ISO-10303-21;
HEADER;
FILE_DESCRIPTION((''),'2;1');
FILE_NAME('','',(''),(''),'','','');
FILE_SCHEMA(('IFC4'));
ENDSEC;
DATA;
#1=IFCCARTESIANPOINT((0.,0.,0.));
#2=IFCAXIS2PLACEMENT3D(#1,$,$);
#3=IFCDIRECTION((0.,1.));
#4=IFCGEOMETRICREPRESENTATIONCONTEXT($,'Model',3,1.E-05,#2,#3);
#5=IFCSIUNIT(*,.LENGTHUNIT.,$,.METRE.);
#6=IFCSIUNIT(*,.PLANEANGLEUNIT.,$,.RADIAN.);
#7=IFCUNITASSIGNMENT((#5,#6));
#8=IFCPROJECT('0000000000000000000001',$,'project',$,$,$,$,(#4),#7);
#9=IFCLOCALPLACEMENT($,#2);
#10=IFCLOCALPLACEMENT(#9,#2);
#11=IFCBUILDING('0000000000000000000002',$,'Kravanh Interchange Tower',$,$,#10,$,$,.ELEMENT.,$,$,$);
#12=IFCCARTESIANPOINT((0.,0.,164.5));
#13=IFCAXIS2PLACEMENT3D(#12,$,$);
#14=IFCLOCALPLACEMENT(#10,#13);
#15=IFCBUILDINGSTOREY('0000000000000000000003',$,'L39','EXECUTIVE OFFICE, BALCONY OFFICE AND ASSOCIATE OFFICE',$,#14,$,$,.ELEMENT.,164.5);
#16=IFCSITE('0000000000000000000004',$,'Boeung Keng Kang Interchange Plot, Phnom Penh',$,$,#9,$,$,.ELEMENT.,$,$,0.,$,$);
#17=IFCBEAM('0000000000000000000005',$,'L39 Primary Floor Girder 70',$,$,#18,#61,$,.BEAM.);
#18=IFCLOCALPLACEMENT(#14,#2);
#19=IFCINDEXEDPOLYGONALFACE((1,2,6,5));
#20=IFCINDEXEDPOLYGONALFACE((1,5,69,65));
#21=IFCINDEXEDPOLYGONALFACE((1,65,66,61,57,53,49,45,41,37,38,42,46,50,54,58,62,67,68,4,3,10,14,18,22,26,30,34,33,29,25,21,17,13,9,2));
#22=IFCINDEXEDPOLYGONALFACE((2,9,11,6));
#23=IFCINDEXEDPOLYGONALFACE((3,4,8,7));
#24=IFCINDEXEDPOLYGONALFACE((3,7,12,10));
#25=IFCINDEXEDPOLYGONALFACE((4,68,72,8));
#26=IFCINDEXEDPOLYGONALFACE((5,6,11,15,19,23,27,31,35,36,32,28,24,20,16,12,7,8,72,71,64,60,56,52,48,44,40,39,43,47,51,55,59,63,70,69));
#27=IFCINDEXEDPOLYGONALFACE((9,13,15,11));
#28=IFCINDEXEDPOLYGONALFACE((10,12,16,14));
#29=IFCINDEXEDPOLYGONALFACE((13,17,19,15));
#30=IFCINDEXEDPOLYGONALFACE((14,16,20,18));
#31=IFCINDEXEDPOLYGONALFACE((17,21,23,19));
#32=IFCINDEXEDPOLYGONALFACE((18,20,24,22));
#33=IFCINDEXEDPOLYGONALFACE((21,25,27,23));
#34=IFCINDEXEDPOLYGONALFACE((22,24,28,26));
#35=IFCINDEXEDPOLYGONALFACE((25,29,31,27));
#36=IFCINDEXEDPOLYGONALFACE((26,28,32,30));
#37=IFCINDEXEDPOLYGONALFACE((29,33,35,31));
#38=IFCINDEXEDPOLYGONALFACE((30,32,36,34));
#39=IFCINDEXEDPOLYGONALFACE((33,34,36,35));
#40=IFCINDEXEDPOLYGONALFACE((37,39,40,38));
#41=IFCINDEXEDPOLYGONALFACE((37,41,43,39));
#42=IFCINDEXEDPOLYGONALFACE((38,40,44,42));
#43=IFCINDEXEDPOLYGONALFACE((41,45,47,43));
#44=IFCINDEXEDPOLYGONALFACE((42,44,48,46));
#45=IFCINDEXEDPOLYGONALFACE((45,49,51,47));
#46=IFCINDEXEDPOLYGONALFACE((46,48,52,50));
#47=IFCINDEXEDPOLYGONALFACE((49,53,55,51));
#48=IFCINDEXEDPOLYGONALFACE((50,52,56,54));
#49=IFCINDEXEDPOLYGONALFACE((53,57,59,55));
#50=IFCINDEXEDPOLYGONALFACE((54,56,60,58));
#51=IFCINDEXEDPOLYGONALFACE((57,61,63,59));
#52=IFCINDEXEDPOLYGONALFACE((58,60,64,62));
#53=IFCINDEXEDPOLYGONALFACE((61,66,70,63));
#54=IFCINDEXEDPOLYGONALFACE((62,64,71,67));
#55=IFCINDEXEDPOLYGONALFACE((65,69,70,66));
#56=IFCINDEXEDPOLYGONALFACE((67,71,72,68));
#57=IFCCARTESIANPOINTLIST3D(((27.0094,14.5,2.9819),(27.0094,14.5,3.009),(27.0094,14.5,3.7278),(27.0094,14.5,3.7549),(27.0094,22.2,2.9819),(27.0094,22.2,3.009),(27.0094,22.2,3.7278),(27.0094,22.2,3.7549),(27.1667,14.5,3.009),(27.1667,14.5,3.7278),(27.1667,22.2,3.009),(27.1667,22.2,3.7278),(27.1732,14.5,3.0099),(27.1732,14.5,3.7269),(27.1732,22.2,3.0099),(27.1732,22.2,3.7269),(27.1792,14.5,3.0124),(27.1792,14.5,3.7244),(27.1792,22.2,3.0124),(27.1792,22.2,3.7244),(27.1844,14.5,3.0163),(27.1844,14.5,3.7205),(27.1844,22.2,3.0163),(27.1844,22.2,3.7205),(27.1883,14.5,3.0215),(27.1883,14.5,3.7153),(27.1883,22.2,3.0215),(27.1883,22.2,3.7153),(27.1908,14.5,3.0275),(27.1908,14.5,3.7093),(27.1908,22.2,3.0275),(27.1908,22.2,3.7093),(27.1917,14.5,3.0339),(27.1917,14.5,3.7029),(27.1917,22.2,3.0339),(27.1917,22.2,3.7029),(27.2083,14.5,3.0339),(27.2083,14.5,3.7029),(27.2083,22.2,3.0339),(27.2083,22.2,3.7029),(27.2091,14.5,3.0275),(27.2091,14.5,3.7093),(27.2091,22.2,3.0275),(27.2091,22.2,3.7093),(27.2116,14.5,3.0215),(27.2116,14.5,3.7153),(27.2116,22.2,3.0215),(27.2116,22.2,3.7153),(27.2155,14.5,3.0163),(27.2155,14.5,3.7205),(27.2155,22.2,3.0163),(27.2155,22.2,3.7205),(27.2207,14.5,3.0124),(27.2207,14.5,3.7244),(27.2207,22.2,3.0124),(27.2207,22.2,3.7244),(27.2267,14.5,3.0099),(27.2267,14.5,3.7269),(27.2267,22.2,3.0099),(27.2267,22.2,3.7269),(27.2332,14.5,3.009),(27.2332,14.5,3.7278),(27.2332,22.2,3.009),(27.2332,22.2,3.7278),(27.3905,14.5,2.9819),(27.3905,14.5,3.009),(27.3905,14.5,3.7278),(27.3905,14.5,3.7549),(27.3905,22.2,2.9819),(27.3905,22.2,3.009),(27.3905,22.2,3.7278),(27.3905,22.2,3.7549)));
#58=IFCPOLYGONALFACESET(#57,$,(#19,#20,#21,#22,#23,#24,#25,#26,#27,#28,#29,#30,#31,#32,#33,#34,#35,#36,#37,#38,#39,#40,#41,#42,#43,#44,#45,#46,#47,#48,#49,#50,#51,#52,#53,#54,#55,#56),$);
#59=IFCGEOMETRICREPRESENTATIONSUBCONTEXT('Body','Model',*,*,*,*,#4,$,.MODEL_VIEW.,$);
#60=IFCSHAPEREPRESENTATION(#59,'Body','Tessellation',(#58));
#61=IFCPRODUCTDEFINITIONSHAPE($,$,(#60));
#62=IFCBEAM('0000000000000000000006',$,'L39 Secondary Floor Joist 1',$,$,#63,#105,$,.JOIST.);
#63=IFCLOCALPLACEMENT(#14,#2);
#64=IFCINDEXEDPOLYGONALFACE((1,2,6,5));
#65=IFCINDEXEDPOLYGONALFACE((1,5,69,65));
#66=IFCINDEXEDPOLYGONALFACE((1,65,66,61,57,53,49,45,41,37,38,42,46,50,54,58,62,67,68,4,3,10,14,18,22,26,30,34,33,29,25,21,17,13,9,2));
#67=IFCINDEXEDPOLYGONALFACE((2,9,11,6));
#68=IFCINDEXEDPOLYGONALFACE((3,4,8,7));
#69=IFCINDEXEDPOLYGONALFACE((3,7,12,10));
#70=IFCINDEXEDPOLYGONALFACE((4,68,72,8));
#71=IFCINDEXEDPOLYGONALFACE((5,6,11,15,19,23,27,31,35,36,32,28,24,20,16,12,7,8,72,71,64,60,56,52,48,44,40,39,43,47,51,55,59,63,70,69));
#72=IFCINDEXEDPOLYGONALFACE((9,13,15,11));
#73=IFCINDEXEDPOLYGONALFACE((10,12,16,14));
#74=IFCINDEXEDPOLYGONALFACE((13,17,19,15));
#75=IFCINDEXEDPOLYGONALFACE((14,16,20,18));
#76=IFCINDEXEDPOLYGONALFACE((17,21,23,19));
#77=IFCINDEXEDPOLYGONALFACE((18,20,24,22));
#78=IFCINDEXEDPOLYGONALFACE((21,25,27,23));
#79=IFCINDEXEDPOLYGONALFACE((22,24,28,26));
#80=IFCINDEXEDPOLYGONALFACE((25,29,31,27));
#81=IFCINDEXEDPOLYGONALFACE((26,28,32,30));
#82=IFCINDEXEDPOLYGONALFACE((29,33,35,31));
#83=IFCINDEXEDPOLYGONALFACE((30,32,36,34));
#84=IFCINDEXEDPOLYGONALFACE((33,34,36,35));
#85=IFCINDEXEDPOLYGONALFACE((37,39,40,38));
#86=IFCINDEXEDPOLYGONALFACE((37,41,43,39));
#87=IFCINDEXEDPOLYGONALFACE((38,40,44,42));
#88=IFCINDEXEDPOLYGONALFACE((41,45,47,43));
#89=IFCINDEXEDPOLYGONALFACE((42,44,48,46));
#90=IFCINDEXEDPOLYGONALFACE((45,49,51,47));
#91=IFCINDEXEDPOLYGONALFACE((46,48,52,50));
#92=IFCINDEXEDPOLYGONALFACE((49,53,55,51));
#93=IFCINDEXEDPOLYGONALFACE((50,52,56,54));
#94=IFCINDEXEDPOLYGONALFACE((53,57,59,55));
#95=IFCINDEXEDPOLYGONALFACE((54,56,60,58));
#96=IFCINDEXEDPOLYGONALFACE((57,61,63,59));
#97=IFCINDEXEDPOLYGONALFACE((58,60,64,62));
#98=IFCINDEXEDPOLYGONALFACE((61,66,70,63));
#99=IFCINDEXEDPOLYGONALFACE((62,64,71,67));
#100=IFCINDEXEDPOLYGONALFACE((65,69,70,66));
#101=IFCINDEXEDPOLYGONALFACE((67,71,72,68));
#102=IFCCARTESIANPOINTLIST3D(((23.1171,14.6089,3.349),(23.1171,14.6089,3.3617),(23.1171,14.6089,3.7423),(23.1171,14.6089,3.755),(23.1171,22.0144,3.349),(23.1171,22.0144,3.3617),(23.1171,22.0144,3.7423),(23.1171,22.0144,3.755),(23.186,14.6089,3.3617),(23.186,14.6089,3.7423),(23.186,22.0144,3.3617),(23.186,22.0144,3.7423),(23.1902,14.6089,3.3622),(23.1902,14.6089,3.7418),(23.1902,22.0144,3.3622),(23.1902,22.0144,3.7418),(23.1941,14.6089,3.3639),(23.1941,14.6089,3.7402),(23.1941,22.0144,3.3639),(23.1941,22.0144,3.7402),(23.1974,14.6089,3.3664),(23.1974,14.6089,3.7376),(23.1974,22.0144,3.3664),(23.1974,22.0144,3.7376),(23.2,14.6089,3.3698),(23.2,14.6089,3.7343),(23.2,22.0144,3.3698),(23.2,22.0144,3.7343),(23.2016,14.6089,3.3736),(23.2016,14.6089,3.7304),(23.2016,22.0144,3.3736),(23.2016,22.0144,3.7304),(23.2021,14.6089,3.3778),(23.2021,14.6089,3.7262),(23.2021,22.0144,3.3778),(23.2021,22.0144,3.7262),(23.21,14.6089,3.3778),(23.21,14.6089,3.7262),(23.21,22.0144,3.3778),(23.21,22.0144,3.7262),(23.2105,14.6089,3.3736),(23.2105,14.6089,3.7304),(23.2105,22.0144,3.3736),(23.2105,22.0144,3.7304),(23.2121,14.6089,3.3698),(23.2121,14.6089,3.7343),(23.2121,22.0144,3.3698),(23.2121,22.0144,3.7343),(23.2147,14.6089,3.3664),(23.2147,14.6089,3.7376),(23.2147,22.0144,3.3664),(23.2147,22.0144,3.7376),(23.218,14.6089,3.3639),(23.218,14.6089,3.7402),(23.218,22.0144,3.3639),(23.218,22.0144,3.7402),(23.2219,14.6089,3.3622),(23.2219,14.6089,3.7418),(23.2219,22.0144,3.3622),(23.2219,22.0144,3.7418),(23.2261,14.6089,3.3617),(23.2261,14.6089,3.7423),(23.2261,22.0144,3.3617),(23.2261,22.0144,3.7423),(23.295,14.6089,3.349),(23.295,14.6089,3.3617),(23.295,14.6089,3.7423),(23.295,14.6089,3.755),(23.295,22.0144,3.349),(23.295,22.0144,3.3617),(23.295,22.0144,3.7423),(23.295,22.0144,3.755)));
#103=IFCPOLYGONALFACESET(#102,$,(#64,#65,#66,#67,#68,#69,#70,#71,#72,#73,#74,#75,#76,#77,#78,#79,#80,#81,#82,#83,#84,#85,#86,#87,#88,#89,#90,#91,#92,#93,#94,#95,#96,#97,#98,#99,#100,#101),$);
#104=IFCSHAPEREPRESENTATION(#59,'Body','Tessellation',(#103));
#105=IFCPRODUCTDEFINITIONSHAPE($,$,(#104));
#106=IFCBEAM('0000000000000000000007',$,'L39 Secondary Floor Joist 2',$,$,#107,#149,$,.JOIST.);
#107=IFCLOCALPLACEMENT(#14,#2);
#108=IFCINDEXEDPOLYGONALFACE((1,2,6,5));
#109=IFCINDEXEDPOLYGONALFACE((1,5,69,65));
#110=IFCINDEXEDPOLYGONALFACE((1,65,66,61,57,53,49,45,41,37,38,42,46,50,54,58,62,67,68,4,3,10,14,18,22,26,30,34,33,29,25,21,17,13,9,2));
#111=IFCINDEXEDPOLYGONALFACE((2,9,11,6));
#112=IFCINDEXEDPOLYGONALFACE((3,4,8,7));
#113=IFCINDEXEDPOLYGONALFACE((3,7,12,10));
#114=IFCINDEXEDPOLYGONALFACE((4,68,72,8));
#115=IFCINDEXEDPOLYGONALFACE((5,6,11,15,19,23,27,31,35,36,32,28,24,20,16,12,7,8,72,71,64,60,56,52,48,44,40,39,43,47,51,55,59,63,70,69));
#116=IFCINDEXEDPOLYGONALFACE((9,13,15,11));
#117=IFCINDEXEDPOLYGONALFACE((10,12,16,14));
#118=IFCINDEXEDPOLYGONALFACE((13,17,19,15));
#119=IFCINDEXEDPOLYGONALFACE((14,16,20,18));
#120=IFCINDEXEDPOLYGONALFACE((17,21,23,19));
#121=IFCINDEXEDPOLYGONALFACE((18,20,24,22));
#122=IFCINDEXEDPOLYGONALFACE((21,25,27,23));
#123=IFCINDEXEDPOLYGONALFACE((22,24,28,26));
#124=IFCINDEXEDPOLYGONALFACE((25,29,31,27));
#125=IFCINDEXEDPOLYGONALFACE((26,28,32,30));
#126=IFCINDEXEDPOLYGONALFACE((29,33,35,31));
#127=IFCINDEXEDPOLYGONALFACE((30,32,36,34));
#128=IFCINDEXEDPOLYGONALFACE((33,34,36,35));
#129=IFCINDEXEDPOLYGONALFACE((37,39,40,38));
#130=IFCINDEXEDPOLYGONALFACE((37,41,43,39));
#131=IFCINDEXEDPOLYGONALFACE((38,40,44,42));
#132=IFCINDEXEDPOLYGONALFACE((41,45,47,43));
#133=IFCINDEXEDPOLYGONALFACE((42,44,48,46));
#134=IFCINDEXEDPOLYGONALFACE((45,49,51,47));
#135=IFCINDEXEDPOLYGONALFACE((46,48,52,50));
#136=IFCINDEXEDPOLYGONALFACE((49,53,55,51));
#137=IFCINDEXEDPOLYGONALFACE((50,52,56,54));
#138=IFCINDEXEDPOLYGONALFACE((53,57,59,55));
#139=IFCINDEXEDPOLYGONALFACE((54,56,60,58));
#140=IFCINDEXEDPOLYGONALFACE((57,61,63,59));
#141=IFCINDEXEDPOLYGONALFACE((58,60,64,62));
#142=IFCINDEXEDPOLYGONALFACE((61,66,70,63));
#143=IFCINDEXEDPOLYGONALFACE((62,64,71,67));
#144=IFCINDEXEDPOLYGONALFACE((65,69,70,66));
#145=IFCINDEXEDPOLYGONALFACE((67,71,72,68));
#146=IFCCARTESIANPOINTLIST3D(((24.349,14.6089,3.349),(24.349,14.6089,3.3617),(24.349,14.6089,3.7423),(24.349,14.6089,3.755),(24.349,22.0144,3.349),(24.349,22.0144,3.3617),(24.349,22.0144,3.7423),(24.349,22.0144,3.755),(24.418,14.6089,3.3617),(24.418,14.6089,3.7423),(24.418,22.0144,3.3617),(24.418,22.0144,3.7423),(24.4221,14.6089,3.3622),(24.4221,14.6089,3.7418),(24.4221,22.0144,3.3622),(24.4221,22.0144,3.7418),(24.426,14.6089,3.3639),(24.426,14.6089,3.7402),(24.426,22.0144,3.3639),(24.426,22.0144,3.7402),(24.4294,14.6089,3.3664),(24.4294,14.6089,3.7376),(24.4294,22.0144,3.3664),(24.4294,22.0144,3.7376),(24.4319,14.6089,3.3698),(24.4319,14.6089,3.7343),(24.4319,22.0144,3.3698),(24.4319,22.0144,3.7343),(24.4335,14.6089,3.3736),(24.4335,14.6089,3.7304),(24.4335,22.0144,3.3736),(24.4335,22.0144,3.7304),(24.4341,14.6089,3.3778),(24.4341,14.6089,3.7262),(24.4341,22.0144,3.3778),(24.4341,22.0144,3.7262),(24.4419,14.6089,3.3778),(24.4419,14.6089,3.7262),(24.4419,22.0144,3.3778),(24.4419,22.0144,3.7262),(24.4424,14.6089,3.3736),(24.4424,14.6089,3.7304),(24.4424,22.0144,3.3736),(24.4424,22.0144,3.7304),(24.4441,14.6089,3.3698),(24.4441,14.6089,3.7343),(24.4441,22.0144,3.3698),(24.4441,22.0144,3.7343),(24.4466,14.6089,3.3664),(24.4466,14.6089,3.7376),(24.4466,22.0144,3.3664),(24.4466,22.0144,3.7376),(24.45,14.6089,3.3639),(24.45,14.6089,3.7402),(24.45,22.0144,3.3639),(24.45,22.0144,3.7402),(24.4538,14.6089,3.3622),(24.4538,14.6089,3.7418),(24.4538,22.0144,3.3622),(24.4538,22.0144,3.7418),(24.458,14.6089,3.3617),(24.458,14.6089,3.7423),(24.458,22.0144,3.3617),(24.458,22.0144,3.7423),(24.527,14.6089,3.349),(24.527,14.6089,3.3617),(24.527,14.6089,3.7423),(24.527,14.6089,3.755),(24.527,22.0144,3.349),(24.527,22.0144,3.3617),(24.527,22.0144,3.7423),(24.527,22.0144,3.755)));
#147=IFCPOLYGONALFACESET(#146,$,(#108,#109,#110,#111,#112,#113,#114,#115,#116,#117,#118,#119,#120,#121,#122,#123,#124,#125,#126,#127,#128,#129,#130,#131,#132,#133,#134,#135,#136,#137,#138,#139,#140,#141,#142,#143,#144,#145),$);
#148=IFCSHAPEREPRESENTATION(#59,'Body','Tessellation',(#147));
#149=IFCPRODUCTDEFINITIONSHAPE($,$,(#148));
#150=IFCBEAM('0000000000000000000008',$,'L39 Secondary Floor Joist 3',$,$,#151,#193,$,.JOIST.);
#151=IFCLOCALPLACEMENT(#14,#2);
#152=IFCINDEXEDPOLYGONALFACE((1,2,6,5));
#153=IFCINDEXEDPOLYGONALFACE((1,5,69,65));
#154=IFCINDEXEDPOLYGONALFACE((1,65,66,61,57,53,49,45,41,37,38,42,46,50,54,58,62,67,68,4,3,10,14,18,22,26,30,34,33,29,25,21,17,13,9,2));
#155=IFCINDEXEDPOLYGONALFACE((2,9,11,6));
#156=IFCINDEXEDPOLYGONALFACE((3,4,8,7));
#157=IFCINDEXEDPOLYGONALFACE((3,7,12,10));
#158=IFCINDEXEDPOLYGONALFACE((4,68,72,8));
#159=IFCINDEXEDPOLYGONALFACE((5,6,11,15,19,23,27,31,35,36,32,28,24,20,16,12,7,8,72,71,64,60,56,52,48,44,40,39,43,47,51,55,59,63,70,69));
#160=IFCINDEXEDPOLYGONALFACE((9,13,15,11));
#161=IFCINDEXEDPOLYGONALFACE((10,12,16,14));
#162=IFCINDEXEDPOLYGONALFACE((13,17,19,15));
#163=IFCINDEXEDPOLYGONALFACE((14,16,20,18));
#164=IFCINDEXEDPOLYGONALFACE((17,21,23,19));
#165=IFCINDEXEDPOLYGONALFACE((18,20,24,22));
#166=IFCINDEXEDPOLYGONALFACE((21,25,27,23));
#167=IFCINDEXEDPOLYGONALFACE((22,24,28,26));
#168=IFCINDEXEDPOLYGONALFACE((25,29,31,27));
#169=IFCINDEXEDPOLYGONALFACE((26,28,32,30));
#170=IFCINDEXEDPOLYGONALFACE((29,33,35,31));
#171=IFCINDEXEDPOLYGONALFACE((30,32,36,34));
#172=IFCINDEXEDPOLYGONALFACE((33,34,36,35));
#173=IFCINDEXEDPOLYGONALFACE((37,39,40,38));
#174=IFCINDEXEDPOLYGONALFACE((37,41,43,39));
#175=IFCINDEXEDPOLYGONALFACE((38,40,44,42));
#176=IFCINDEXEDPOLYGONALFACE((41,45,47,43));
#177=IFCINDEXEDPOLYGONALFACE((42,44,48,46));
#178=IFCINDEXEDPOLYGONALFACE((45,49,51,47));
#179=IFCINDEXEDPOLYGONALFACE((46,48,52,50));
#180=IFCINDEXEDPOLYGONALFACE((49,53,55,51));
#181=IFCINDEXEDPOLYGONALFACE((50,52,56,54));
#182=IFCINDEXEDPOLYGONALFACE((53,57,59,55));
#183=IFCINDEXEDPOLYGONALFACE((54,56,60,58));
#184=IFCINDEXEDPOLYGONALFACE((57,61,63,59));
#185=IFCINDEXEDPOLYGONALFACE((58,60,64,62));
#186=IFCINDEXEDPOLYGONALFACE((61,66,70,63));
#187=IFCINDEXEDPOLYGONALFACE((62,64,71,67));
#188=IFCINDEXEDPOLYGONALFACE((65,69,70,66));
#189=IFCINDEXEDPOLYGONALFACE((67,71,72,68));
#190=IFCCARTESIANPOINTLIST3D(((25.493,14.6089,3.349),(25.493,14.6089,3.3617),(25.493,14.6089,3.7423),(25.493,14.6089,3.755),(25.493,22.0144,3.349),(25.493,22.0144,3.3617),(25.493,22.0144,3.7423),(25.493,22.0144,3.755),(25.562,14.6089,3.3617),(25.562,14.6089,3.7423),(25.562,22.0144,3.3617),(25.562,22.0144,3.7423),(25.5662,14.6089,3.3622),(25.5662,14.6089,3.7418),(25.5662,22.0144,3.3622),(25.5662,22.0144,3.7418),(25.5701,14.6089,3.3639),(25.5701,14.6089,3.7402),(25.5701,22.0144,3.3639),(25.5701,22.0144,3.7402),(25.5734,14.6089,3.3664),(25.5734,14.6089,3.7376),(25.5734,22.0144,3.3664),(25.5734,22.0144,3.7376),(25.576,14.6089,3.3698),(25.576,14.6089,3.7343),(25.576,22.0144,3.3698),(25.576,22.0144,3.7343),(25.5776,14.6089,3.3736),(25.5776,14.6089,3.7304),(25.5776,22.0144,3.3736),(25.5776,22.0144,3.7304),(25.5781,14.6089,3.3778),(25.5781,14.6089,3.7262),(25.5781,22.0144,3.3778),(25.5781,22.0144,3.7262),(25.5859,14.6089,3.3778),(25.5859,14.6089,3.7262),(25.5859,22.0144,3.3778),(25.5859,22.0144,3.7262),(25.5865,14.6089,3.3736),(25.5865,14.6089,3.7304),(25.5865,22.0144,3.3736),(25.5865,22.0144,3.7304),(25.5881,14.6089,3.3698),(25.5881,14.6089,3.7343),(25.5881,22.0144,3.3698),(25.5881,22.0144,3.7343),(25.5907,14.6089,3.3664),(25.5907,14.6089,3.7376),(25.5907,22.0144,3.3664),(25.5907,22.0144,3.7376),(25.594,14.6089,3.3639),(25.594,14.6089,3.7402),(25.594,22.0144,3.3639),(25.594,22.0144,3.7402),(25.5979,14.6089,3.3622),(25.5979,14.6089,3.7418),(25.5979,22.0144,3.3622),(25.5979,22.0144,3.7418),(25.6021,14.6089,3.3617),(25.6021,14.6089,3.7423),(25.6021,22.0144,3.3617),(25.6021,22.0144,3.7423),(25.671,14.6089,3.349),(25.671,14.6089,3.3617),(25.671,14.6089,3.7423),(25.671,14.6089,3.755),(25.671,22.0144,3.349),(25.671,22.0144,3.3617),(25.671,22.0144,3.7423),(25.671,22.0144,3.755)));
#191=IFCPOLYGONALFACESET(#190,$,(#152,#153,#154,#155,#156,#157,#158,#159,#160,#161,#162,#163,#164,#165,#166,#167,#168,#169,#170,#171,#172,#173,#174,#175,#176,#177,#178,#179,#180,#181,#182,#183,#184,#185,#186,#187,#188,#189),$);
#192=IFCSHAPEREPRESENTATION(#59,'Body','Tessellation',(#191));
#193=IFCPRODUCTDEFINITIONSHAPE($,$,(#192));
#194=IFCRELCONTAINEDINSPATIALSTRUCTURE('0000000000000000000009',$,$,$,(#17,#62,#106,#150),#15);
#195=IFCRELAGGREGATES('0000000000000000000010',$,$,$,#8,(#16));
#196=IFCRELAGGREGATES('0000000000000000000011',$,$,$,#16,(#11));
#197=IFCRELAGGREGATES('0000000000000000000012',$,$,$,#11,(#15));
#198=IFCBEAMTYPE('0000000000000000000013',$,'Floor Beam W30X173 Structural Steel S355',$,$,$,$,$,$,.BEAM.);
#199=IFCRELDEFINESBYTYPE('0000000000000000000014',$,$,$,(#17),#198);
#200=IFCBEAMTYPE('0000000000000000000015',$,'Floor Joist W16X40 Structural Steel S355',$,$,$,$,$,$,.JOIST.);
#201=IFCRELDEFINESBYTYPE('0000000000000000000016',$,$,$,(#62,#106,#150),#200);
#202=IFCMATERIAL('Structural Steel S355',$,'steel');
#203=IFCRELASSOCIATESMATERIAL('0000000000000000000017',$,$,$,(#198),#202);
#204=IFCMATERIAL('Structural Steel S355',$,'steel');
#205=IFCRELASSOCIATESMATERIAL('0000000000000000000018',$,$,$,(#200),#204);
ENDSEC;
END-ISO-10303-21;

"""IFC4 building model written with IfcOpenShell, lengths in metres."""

from ifc_helpers import new_model, si_unit, direction, frame, origin, origin_2d, place, context, subcontext, project, spatial, i_section, extrude, material, material_profile, profile_set, type_object, element, save


model = new_model("IFC4")

# Units and contexts
model_context = context("Model", 3, precision=1e-05, world=origin(), true_north=direction((0.0, 1.0)))
body_context = subcontext(model_context, "Body", "Model", "MODEL_VIEW")
ifc_project = project(units=[si_unit("LENGTHUNIT", "METRE"), si_unit("PLANEANGLEUNIT", "RADIAN")], contexts=[model_context])

# Site, building, storey
site_placement = place(None, origin())
site = spatial("IfcSite", under=ifc_project, at=site_placement, Name="Boeung Keng Kang Interchange Plot, Phnom Penh", CompositionType="ELEMENT", RefElevation=0.0)
building_placement = place(site_placement, origin())
building = spatial("IfcBuilding", under=site, at=building_placement, Name="Kravanh Interchange Tower", CompositionType="ELEMENT")
storey_placement = place(building_placement, frame((0.0, 0.0, 164.5)))
storey = spatial("IfcBuildingStorey", under=building, at=storey_placement, Name="L39", Description="EXECUTIVE OFFICE, BALCONY OFFICE AND ASSOCIATE OFFICE", CompositionType="ELEMENT", Elevation=164.5)

# Beams
ifc_material_1 = material(Name="Structural Steel S355", Category="steel")
ifc_material_profile_1 = material_profile(ifc_material_1, i_section(OverallWidth=0.3811, OverallDepth=0.7729, WebThickness=0.0166, FlangeThickness=0.0271, FilletRadius=0.0249, at=origin_2d()), Name="W30X173")
ifc_profile_set_1 = profile_set([ifc_material_profile_1], Name="Structural Steel S355")
beam_type_1 = type_object("IfcBeamType", Name="Floor Beam W30X173 Structural Steel S355", PredefinedType="BEAM", material=ifc_profile_set_1)
beam_1_placement = place(storey_placement, frame((27.2, 14.5, 3.3684), z_axis=(0.0, 1.0, 0.0), x_axis=(-1.0, 0.0, 0.0)))
element("IfcBeam", 1, at=beam_1_placement, inside=storey, type_object=beam_type_1, Name="L39 Primary Floor Girder 70", PredefinedType="BEAM", context=body_context, shape_type="SweptSolid", body=[
    extrude(i_section(OverallWidth=0.3811, OverallDepth=0.7729, WebThickness=0.0166, FlangeThickness=0.0271, FilletRadius=0.0249, at=origin_2d()), origin(), (0.0, 0.0, 1.0), 7.7),
])
ifc_material_2 = material(Name="Structural Steel S355", Category="steel")
ifc_material_profile_2 = material_profile(ifc_material_2, i_section(OverallWidth=0.178, OverallDepth=0.406, WebThickness=0.0078, FlangeThickness=0.0127, FilletRadius=0.0161, at=origin_2d()), Name="W16X40")
ifc_profile_set_2 = profile_set([ifc_material_profile_2], Name="Structural Steel S355")
beam_type_2 = type_object("IfcBeamType", Name="Floor Joist W16X40 Structural Steel S355", PredefinedType="JOIST", material=ifc_profile_set_2)
for number, where, z_axis, x_axis, name in (
    (2, (23.2061, 14.6089, 3.552), (0.0, 1.0, 0.0), (-1.0, 0.0, 0.0), "L39 Secondary Floor Joist 1"),
    (3, (24.438, 14.6089, 3.552), (0.0, 1.0, 0.0), (-1.0, 0.0, 0.0), "L39 Secondary Floor Joist 2"),
    (4, (25.582, 14.6089, 3.552), (0.0, 1.0, 0.0), (-1.0, 0.0, 0.0), "L39 Secondary Floor Joist 3"),
):
    element("IfcBeam", number, at=place(storey_placement, frame(where, z_axis=z_axis, x_axis=x_axis)), inside=storey, type_object=beam_type_2, Name=name, PredefinedType="JOIST", context=body_context, shape_type="SweptSolid", body=[
        extrude(i_section(OverallWidth=0.178, OverallDepth=0.406, WebThickness=0.0078, FlangeThickness=0.0127, FilletRadius=0.0161, at=origin_2d()), origin(), (0.0, 0.0, 1.0), 7.4055),
    ])

save(model, "model.ifc")
